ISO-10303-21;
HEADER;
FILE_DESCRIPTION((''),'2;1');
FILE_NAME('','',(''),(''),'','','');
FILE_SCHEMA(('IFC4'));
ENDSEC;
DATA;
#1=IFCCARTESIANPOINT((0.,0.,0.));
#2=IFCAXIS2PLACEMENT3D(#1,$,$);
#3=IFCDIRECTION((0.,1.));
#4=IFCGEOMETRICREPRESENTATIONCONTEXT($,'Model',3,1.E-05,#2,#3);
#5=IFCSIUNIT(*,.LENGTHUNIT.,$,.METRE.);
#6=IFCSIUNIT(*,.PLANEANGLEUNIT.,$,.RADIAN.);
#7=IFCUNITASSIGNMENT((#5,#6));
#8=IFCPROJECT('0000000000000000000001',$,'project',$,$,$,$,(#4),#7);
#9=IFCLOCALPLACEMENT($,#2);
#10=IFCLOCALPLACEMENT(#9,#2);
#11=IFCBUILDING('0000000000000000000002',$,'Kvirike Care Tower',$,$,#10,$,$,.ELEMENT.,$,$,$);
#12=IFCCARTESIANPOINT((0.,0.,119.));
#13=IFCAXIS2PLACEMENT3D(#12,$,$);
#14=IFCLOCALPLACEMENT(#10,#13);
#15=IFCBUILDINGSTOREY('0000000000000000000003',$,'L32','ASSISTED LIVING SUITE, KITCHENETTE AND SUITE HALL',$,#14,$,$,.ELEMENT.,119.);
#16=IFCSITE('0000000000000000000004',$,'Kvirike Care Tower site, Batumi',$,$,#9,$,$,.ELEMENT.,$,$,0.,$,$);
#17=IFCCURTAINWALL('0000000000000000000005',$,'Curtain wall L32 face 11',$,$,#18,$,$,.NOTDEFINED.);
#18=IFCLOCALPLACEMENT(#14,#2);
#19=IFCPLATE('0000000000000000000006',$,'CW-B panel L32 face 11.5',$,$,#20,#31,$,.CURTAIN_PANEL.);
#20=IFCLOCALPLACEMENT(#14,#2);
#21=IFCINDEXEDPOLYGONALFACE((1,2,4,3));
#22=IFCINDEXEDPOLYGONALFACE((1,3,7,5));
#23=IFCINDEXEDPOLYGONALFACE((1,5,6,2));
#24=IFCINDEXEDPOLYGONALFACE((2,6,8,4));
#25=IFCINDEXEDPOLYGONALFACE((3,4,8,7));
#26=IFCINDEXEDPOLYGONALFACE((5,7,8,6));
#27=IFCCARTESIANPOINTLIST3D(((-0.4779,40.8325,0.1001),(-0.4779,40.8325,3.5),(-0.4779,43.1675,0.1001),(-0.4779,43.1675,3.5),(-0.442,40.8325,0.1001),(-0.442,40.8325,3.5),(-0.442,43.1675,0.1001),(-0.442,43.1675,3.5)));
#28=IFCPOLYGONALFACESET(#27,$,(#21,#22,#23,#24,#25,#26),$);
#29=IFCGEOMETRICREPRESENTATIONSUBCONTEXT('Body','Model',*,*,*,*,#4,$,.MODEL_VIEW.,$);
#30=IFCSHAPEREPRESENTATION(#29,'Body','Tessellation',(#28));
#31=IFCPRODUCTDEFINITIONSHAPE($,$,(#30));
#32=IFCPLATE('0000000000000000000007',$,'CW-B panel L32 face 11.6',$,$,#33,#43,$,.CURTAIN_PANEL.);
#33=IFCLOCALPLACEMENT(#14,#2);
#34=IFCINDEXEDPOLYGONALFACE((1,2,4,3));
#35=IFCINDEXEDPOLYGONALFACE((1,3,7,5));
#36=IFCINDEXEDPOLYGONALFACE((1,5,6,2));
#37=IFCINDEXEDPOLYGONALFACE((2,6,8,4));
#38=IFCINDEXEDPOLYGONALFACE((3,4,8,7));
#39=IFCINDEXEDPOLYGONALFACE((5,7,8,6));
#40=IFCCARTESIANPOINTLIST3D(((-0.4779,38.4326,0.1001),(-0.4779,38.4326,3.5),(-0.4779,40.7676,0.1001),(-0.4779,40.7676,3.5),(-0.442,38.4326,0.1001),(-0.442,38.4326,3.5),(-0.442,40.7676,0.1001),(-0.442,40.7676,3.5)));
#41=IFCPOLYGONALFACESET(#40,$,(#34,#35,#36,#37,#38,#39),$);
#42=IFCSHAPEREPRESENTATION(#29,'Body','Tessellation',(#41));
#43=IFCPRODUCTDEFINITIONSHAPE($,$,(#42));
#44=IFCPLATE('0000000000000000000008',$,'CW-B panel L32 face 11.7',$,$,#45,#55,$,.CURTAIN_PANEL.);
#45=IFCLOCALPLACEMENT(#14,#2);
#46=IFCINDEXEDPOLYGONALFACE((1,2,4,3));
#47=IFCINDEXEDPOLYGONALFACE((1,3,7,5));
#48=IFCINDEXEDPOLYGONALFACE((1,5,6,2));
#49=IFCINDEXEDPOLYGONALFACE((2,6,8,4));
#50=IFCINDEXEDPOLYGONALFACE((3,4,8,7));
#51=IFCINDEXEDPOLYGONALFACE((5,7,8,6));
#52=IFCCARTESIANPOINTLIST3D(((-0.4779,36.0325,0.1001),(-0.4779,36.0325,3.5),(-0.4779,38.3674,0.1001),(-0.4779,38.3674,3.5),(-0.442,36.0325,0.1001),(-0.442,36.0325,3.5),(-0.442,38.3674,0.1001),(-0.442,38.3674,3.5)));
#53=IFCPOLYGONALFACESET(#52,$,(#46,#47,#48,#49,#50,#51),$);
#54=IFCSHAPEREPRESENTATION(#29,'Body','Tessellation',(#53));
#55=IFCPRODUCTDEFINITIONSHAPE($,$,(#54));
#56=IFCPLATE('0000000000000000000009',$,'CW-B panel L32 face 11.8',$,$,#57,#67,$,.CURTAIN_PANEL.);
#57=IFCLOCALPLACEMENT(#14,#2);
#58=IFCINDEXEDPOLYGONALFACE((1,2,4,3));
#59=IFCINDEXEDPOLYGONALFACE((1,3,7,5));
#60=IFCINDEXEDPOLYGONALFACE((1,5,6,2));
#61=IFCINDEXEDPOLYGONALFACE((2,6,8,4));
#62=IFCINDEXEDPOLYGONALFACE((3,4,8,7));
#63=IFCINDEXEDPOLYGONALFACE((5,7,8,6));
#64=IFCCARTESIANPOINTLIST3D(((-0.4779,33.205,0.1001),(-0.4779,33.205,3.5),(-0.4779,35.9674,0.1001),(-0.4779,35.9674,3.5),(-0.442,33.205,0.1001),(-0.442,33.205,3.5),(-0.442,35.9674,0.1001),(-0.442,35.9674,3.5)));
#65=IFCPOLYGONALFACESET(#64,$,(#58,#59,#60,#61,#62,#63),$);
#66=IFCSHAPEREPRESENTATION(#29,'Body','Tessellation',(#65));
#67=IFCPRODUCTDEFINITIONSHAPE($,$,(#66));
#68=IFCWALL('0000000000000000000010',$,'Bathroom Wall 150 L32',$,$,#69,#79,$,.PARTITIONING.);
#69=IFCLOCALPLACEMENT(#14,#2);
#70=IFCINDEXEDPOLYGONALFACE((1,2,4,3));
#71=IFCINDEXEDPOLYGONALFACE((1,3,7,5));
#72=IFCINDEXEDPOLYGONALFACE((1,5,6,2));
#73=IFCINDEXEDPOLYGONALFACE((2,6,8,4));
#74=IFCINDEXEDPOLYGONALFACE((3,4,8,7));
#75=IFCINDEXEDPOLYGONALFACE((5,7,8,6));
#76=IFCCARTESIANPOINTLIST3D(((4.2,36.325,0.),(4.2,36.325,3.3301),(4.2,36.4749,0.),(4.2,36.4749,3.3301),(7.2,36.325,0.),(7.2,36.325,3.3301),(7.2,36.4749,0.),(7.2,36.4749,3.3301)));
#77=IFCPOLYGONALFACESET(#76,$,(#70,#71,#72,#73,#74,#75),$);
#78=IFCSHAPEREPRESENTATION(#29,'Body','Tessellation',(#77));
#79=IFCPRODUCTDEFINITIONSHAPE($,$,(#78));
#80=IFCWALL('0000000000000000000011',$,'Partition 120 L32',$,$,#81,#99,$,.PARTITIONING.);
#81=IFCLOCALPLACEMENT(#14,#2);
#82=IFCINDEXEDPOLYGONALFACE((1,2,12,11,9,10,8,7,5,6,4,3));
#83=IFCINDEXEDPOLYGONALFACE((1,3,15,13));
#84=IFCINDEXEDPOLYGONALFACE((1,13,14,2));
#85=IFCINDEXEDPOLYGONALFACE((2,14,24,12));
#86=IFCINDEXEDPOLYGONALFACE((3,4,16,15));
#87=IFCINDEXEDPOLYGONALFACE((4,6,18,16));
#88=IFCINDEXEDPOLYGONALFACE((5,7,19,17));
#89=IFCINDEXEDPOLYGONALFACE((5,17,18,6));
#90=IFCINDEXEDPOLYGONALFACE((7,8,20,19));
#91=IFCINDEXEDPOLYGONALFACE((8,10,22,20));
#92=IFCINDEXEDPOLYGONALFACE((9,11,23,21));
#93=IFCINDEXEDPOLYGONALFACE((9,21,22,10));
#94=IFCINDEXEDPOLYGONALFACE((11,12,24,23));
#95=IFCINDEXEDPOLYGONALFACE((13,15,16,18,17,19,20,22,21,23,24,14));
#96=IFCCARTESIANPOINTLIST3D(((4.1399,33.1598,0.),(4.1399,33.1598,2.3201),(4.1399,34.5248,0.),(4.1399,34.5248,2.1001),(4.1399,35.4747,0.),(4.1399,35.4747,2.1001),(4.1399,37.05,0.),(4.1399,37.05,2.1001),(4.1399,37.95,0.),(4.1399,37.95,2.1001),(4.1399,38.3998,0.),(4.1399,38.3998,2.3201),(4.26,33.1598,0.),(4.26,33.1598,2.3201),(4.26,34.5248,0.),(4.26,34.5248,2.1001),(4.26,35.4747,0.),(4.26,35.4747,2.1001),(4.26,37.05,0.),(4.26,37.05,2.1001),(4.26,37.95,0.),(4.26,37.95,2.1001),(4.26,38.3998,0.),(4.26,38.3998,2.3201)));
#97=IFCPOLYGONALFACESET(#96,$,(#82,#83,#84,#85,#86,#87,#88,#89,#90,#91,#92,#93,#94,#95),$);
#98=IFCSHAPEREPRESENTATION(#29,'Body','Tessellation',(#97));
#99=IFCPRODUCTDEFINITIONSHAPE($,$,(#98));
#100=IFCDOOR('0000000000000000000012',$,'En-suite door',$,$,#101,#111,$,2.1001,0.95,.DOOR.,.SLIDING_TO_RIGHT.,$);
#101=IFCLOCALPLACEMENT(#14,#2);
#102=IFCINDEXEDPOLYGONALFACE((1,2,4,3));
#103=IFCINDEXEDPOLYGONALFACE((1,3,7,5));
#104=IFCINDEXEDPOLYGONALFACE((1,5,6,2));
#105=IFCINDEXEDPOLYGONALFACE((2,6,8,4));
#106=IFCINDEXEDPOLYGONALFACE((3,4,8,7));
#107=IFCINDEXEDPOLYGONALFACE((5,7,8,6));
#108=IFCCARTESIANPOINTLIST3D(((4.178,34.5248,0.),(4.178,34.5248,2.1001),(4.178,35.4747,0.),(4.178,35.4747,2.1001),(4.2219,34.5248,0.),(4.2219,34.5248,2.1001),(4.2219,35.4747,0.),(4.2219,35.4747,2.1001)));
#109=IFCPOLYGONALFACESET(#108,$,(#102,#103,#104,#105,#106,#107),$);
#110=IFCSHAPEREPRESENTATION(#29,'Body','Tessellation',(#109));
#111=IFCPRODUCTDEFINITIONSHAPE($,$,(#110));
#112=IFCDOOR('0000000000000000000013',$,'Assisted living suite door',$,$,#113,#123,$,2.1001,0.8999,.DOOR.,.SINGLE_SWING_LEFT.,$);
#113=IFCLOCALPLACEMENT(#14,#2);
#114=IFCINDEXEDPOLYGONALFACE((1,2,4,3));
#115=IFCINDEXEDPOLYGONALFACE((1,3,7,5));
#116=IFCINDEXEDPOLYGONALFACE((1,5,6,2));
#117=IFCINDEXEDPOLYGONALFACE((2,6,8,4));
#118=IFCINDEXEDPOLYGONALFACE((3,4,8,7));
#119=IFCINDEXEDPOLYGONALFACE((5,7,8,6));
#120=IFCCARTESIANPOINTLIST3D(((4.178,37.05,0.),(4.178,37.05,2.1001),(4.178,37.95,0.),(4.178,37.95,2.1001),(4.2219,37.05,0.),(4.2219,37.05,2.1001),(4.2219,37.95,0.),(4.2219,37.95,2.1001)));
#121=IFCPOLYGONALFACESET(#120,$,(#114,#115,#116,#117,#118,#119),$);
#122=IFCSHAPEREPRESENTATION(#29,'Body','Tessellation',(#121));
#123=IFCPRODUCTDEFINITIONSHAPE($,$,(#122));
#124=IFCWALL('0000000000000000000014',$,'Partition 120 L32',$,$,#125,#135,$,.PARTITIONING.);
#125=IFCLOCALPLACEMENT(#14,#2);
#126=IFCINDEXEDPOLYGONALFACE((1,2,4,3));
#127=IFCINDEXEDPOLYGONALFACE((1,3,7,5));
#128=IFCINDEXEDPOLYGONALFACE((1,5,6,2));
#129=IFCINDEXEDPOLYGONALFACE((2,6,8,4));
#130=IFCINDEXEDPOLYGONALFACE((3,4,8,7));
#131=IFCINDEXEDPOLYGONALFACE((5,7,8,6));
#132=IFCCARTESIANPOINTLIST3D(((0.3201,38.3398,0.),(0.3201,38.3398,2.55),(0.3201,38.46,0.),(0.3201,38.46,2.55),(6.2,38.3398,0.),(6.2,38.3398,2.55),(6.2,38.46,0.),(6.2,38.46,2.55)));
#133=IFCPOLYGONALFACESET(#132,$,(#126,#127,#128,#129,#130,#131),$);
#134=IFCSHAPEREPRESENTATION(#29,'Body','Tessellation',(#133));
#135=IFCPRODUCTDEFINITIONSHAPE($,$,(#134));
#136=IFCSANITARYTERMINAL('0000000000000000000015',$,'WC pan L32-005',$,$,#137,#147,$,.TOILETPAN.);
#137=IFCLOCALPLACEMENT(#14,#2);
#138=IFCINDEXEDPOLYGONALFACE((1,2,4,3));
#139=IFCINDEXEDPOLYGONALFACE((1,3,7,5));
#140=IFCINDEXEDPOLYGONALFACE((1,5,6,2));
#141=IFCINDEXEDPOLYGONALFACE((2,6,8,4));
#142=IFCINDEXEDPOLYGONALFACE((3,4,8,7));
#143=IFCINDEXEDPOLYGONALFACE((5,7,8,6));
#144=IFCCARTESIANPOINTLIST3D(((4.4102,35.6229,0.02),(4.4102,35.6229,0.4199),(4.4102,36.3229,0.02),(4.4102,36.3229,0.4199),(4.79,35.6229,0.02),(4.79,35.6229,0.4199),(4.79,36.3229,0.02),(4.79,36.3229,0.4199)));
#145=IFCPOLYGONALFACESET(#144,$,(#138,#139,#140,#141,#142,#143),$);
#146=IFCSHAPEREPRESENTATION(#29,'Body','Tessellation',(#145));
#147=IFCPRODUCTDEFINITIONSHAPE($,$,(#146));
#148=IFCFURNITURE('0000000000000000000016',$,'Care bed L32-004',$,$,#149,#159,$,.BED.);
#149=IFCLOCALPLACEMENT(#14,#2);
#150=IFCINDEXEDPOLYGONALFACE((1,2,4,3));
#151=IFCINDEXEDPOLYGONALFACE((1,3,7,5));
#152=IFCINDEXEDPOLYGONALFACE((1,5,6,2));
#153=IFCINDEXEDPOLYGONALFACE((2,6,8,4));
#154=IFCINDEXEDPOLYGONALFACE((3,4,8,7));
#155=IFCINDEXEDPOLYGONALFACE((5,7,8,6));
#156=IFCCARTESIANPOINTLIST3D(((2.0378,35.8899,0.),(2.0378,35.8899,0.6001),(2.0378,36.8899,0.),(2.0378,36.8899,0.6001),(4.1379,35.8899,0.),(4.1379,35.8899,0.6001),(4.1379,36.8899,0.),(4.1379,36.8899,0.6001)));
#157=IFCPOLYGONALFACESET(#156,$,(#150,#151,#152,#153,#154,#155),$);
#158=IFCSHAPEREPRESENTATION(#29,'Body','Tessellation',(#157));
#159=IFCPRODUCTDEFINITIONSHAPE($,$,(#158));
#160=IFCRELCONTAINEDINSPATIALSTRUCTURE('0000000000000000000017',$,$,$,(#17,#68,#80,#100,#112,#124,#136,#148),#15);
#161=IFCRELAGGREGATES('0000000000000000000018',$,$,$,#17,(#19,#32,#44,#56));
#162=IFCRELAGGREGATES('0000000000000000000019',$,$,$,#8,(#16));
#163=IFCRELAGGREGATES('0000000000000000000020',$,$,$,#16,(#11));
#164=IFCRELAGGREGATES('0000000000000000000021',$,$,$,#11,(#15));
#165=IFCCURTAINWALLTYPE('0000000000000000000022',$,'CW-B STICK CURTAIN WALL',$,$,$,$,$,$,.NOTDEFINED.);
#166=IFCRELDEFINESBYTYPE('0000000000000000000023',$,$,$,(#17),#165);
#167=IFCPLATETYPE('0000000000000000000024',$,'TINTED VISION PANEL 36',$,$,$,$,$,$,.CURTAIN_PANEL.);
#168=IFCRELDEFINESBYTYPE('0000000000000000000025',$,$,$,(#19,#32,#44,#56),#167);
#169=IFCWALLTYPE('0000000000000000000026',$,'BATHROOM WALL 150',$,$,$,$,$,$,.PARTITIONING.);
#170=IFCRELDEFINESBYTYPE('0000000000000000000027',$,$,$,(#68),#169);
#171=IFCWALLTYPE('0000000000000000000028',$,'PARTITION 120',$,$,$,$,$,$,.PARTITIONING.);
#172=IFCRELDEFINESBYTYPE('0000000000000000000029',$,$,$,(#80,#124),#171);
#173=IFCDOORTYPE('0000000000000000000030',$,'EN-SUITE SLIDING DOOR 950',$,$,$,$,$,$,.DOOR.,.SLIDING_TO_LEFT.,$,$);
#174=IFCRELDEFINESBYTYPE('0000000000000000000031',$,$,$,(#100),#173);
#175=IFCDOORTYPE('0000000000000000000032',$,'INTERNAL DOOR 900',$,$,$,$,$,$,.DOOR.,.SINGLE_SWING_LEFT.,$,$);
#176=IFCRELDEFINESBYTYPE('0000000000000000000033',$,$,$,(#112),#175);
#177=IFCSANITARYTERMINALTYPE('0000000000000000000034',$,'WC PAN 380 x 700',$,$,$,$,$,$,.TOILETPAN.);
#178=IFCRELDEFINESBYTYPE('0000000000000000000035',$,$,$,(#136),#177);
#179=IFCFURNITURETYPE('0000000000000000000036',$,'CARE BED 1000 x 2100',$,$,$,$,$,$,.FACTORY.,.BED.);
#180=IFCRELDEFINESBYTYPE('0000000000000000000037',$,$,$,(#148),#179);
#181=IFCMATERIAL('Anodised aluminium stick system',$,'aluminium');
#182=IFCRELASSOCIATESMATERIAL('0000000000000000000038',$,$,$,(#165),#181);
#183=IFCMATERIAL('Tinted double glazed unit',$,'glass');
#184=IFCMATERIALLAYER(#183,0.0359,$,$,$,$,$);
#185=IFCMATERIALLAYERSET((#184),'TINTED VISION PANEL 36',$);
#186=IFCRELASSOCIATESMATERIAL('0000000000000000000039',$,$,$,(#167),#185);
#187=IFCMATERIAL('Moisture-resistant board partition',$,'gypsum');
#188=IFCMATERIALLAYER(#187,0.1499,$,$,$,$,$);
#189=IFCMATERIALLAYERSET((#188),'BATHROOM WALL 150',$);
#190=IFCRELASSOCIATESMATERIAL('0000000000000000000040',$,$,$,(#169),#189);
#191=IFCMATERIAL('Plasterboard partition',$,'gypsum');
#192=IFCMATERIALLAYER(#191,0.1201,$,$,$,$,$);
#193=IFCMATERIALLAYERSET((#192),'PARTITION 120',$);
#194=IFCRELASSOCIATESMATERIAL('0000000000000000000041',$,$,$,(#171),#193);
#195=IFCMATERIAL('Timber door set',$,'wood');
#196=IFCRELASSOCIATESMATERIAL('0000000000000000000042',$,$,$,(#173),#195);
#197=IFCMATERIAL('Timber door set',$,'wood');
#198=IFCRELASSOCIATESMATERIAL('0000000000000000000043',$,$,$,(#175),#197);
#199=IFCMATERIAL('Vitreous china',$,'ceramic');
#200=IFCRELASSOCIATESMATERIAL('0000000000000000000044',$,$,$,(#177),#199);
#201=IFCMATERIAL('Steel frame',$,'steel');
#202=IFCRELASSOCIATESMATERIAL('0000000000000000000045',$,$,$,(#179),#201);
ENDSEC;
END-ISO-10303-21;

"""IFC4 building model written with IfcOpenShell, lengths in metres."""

from ifc_helpers import new_model, si_unit, direction, frame, frame_2d, origin, origin_2d, place, context, subcontext, project, spatial, rectangle, extrude, material, layer, layer_set, type_object, element, fill, aggregate, save


model = new_model("IFC4")

# Units and contexts
model_context = context("Model", 3, precision=1e-05, world=origin(), true_north=direction((0.0, 1.0)))
body_context = subcontext(model_context, "Body", "Model", "MODEL_VIEW")
ifc_project = project(units=[si_unit("LENGTHUNIT", "METRE"), si_unit("PLANEANGLEUNIT", "RADIAN")], contexts=[model_context])

# Site, building, storey
site_placement = place(None, origin())
site = spatial("IfcSite", under=ifc_project, at=site_placement, Name="Kvirike Care Tower site, Batumi", CompositionType="ELEMENT", RefElevation=0.0)
building_placement = place(site_placement, origin())
building = spatial("IfcBuilding", under=site, at=building_placement, Name="Kvirike Care Tower", CompositionType="ELEMENT")
storey_placement = place(building_placement, frame((0.0, 0.0, 119.0)))
storey = spatial("IfcBuildingStorey", under=building, at=storey_placement, Name="L32", Description="ASSISTED LIVING SUITE, KITCHENETTE AND SUITE HALL", CompositionType="ELEMENT", Elevation=119.0)

# Curtain wall
ifc_material_1 = material(Name="Anodised aluminium stick system", Category="aluminium")
curtain_wall_type = type_object("IfcCurtainWallType", Name="CW-B STICK CURTAIN WALL", PredefinedType="NOTDEFINED", material=ifc_material_1)
curtain_wall_placement = place(storey_placement, origin())
curtain_wall = element("IfcCurtainWall", 1, at=curtain_wall_placement, inside=storey, type_object=curtain_wall_type, Name="Curtain wall L32 face 11", PredefinedType="NOTDEFINED")

# Plates
ifc_material_2 = material(Name="Tinted double glazed unit", Category="glass")
ifc_layer_1 = layer(ifc_material_2, 0.0359)
ifc_layer_set_1 = layer_set([ifc_layer_1], Name="TINTED VISION PANEL 36")
plate_type = type_object("IfcPlateType", Name="TINTED VISION PANEL 36", PredefinedType="CURTAIN_PANEL", material=ifc_layer_set_1)
plate_1_placement = place(storey_placement, frame((-0.46, 42.0, 0.1001), z_axis=(0.0, 0.0, 1.0), x_axis=(0.0, -1.0, 0.0)))
plate_1 = element("IfcPlate", 2, at=plate_1_placement, type_object=plate_type, Name="CW-B panel L32 face 11.5", PredefinedType="CURTAIN_PANEL", context=body_context, shape_type="SweptSolid", body=[
    extrude(rectangle(XDim=2.335, YDim=0.0359, at=origin_2d()), origin(), (0.0, 0.0, 1.0), 3.3999),
])
plate_2_placement = place(storey_placement, frame((-0.46, 39.6001, 0.1001), z_axis=(0.0, 0.0, 1.0), x_axis=(0.0, -1.0, 0.0)))
plate_2 = element("IfcPlate", 3, at=plate_2_placement, type_object=plate_type, Name="CW-B panel L32 face 11.6", PredefinedType="CURTAIN_PANEL", context=body_context, shape_type="SweptSolid", body=[
    extrude(rectangle(XDim=2.335, YDim=0.0359, at=origin_2d()), origin(), (0.0, 0.0, 1.0), 3.3999),
])
plate_3_placement = place(storey_placement, frame((-0.46, 37.2, 0.1001), z_axis=(0.0, 0.0, 1.0), x_axis=(0.0, -1.0, 0.0)))
plate_3 = element("IfcPlate", 4, at=plate_3_placement, type_object=plate_type, Name="CW-B panel L32 face 11.7", PredefinedType="CURTAIN_PANEL", context=body_context, shape_type="SweptSolid", body=[
    extrude(rectangle(XDim=2.335, YDim=0.0359, at=origin_2d()), origin(), (0.0, 0.0, 1.0), 3.3999),
])
plate_4_placement = place(storey_placement, frame((-0.46, 34.5862, 0.1001), z_axis=(0.0, 0.0, 1.0), x_axis=(0.0, -1.0, 0.0)))
plate_4 = element("IfcPlate", 5, at=plate_4_placement, type_object=plate_type, Name="CW-B panel L32 face 11.8", PredefinedType="CURTAIN_PANEL", context=body_context, shape_type="SweptSolid", body=[
    extrude(rectangle(XDim=2.7625, YDim=0.0359, at=origin_2d()), origin(), (0.0, 0.0, 1.0), 3.3999),
])
aggregate(curtain_wall, [plate_1, plate_2, plate_3, plate_4])

# Wall
ifc_material_3 = material(Name="Moisture-resistant board partition", Category="gypsum")
ifc_layer_2 = layer(ifc_material_3, 0.1499)
ifc_layer_set_2 = layer_set([ifc_layer_2], Name="BATHROOM WALL 150")
wall_type_1 = type_object("IfcWallType", Name="BATHROOM WALL 150", PredefinedType="PARTITIONING", material=ifc_layer_set_2)
wall_1_placement = place(storey_placement, frame((4.2, 36.3999, 0.0), z_axis=(0.0, 0.0, 1.0), x_axis=(1.0, 0.0, 0.0)))
element("IfcWall", 6, at=wall_1_placement, inside=storey, type_object=wall_type_1, Name="Bathroom Wall 150 L32", PredefinedType="PARTITIONING", context=body_context, shape_type="SweptSolid", body=[
    extrude(rectangle(XDim=3.0, YDim=0.1499, at=frame_2d((1.5, 0.0))), origin(), (0.0, 0.0, 1.0), 3.3301),
])

# Wall, openings, doors
ifc_material_4 = material(Name="Plasterboard partition", Category="gypsum")
ifc_layer_3 = layer(ifc_material_4, 0.1201)
ifc_layer_set_3 = layer_set([ifc_layer_3], Name="PARTITION 120")
wall_type_2 = type_object("IfcWallType", Name="PARTITION 120", PredefinedType="PARTITIONING", material=ifc_layer_set_3)
wall_2_placement = place(storey_placement, frame((4.2, 38.3999, 0.0), z_axis=(0.0, 0.0, 1.0), x_axis=(0.0, -1.0, 0.0)))
wall_2 = element("IfcWall", 7, at=wall_2_placement, inside=storey, type_object=wall_type_2, Name="Partition 120 L32", PredefinedType="PARTITIONING", context=body_context, shape_type="SweptSolid", body=[
    extrude(rectangle(XDim=5.24, YDim=0.1201, at=frame_2d((2.6201, 0.0))), origin(), (0.0, 0.0, 1.0), 2.3201),
])
opening_1_placement = place(wall_2_placement, frame((0.45, 0.0, 0.0)))
opening_1 = element("IfcOpeningElement", 8, at=opening_1_placement, cuts=wall_2, PredefinedType="OPENING", context=body_context, shape_type="SweptSolid", body=[
    extrude(rectangle(XDim=0.8999, YDim=2.1001, at=frame_2d((0.45, 1.05))), frame((0.0, 0.0706, 0.0), z_axis=(0.0, -1.0, 0.0), x_axis=(1.0, 0.0, 0.0)), (0.0, 0.0, 1.0), 0.1411),
])
opening_2_placement = place(wall_2_placement, frame((2.925, 0.0, 0.0)))
opening_2 = element("IfcOpeningElement", 9, at=opening_2_placement, cuts=wall_2, PredefinedType="OPENING", context=body_context, shape_type="SweptSolid", body=[
    extrude(rectangle(XDim=0.95, YDim=2.1001, at=frame_2d((0.4751, 1.05))), frame((0.0, 0.0706, 0.0), z_axis=(0.0, -1.0, 0.0), x_axis=(1.0, 0.0, 0.0)), (0.0, 0.0, 1.0), 0.1411),
])
ifc_material_5 = material(Name="Timber door set", Category="wood")
door_type_1 = type_object("IfcDoorType", Name="EN-SUITE SLIDING DOOR 950", OperationType="SLIDING_TO_LEFT", PredefinedType="DOOR", material=ifc_material_5)
door_1_placement = place(opening_2_placement, origin())
door_1 = element("IfcDoor", 10, at=door_1_placement, inside=storey, type_object=door_type_1, Name="En-suite door", OperationType="SLIDING_TO_RIGHT", OverallHeight=2.1001, OverallWidth=0.95, PredefinedType="DOOR", context=body_context, shape_type="SweptSolid", body=[
    extrude(rectangle(XDim=0.95, YDim=2.1001, at=frame_2d((0.4751, 1.05))), frame((0.0, 0.022, 0.0), z_axis=(0.0, -1.0, 0.0), x_axis=(1.0, 0.0, 0.0)), (0.0, 0.0, 1.0), 0.0439),
])
fill(opening_2, door_1)
ifc_material_6 = material(Name="Timber door set", Category="wood")
door_type_2 = type_object("IfcDoorType", Name="INTERNAL DOOR 900", OperationType="SINGLE_SWING_LEFT", PredefinedType="DOOR", material=ifc_material_6)
door_2_placement = place(opening_1_placement, frame((0.8999, 0.0, 0.0), z_axis=(0.0, 0.0, 1.0), x_axis=(-1.0, 0.0, 0.0)))
door_2 = element("IfcDoor", 11, at=door_2_placement, inside=storey, type_object=door_type_2, Name="Assisted living suite door", OperationType="SINGLE_SWING_LEFT", OverallHeight=2.1001, OverallWidth=0.8999, PredefinedType="DOOR", context=body_context, shape_type="SweptSolid", body=[
    extrude(rectangle(XDim=0.8999, YDim=2.1001, at=frame_2d((0.45, 1.05))), frame((0.0, 0.022, 0.0), z_axis=(0.0, -1.0, 0.0), x_axis=(1.0, 0.0, 0.0)), (0.0, 0.0, 1.0), 0.0439),
])
fill(opening_1, door_2)

# Wall
wall_3_placement = place(storey_placement, frame((0.3201, 38.3999, 0.0), z_axis=(0.0, 0.0, 1.0), x_axis=(1.0, 0.0, 0.0)))
element("IfcWall", 12, at=wall_3_placement, inside=storey, type_object=wall_type_2, Name="Partition 120 L32", PredefinedType="PARTITIONING", context=body_context, shape_type="SweptSolid", body=[
    extrude(rectangle(XDim=5.8799, YDim=0.1201, at=frame_2d((2.9399, 0.0))), origin(), (0.0, 0.0, 1.0), 2.55),
])

# Sanitary terminal
ifc_material_7 = material(Name="Vitreous china", Category="ceramic")
sanitary_terminal_type = type_object("IfcSanitaryTerminalType", Name="WC PAN 380 x 700", PredefinedType="TOILETPAN", material=ifc_material_7)
sanitary_terminal_placement = place(storey_placement, frame((4.6001, 35.9729, 0.02), z_axis=(0.0, 0.0, 1.0), x_axis=(1.0, 0.0, 0.0)))
element("IfcSanitaryTerminal", 13, at=sanitary_terminal_placement, inside=storey, type_object=sanitary_terminal_type, Name="WC pan L32-005", PredefinedType="TOILETPAN", context=body_context, shape_type="SweptSolid", body=[
    extrude(rectangle(XDim=0.3799, YDim=0.7, at=origin_2d()), origin(), (0.0, 0.0, 1.0), 0.3999),
])

# Furniture
ifc_material_8 = material(Name="Steel frame", Category="steel")
furniture_type = type_object("IfcFurnitureType", Name="CARE BED 1000 x 2100", AssemblyPlace="FACTORY", PredefinedType="BED", material=ifc_material_8)
furniture_placement = place(storey_placement, frame((3.0879, 36.3899, 0.0), z_axis=(0.0, 0.0, 1.0), x_axis=(0.0, -1.0, 0.0)))
element("IfcFurniture", 14, at=furniture_placement, inside=storey, type_object=furniture_type, Name="Care bed L32-004", PredefinedType="BED", context=body_context, shape_type="SweptSolid", body=[
    extrude(rectangle(XDim=1.0, YDim=2.1001, at=origin_2d()), origin(), (0.0, 0.0, 1.0), 0.6001),
])

save(model, "model.ifc")
